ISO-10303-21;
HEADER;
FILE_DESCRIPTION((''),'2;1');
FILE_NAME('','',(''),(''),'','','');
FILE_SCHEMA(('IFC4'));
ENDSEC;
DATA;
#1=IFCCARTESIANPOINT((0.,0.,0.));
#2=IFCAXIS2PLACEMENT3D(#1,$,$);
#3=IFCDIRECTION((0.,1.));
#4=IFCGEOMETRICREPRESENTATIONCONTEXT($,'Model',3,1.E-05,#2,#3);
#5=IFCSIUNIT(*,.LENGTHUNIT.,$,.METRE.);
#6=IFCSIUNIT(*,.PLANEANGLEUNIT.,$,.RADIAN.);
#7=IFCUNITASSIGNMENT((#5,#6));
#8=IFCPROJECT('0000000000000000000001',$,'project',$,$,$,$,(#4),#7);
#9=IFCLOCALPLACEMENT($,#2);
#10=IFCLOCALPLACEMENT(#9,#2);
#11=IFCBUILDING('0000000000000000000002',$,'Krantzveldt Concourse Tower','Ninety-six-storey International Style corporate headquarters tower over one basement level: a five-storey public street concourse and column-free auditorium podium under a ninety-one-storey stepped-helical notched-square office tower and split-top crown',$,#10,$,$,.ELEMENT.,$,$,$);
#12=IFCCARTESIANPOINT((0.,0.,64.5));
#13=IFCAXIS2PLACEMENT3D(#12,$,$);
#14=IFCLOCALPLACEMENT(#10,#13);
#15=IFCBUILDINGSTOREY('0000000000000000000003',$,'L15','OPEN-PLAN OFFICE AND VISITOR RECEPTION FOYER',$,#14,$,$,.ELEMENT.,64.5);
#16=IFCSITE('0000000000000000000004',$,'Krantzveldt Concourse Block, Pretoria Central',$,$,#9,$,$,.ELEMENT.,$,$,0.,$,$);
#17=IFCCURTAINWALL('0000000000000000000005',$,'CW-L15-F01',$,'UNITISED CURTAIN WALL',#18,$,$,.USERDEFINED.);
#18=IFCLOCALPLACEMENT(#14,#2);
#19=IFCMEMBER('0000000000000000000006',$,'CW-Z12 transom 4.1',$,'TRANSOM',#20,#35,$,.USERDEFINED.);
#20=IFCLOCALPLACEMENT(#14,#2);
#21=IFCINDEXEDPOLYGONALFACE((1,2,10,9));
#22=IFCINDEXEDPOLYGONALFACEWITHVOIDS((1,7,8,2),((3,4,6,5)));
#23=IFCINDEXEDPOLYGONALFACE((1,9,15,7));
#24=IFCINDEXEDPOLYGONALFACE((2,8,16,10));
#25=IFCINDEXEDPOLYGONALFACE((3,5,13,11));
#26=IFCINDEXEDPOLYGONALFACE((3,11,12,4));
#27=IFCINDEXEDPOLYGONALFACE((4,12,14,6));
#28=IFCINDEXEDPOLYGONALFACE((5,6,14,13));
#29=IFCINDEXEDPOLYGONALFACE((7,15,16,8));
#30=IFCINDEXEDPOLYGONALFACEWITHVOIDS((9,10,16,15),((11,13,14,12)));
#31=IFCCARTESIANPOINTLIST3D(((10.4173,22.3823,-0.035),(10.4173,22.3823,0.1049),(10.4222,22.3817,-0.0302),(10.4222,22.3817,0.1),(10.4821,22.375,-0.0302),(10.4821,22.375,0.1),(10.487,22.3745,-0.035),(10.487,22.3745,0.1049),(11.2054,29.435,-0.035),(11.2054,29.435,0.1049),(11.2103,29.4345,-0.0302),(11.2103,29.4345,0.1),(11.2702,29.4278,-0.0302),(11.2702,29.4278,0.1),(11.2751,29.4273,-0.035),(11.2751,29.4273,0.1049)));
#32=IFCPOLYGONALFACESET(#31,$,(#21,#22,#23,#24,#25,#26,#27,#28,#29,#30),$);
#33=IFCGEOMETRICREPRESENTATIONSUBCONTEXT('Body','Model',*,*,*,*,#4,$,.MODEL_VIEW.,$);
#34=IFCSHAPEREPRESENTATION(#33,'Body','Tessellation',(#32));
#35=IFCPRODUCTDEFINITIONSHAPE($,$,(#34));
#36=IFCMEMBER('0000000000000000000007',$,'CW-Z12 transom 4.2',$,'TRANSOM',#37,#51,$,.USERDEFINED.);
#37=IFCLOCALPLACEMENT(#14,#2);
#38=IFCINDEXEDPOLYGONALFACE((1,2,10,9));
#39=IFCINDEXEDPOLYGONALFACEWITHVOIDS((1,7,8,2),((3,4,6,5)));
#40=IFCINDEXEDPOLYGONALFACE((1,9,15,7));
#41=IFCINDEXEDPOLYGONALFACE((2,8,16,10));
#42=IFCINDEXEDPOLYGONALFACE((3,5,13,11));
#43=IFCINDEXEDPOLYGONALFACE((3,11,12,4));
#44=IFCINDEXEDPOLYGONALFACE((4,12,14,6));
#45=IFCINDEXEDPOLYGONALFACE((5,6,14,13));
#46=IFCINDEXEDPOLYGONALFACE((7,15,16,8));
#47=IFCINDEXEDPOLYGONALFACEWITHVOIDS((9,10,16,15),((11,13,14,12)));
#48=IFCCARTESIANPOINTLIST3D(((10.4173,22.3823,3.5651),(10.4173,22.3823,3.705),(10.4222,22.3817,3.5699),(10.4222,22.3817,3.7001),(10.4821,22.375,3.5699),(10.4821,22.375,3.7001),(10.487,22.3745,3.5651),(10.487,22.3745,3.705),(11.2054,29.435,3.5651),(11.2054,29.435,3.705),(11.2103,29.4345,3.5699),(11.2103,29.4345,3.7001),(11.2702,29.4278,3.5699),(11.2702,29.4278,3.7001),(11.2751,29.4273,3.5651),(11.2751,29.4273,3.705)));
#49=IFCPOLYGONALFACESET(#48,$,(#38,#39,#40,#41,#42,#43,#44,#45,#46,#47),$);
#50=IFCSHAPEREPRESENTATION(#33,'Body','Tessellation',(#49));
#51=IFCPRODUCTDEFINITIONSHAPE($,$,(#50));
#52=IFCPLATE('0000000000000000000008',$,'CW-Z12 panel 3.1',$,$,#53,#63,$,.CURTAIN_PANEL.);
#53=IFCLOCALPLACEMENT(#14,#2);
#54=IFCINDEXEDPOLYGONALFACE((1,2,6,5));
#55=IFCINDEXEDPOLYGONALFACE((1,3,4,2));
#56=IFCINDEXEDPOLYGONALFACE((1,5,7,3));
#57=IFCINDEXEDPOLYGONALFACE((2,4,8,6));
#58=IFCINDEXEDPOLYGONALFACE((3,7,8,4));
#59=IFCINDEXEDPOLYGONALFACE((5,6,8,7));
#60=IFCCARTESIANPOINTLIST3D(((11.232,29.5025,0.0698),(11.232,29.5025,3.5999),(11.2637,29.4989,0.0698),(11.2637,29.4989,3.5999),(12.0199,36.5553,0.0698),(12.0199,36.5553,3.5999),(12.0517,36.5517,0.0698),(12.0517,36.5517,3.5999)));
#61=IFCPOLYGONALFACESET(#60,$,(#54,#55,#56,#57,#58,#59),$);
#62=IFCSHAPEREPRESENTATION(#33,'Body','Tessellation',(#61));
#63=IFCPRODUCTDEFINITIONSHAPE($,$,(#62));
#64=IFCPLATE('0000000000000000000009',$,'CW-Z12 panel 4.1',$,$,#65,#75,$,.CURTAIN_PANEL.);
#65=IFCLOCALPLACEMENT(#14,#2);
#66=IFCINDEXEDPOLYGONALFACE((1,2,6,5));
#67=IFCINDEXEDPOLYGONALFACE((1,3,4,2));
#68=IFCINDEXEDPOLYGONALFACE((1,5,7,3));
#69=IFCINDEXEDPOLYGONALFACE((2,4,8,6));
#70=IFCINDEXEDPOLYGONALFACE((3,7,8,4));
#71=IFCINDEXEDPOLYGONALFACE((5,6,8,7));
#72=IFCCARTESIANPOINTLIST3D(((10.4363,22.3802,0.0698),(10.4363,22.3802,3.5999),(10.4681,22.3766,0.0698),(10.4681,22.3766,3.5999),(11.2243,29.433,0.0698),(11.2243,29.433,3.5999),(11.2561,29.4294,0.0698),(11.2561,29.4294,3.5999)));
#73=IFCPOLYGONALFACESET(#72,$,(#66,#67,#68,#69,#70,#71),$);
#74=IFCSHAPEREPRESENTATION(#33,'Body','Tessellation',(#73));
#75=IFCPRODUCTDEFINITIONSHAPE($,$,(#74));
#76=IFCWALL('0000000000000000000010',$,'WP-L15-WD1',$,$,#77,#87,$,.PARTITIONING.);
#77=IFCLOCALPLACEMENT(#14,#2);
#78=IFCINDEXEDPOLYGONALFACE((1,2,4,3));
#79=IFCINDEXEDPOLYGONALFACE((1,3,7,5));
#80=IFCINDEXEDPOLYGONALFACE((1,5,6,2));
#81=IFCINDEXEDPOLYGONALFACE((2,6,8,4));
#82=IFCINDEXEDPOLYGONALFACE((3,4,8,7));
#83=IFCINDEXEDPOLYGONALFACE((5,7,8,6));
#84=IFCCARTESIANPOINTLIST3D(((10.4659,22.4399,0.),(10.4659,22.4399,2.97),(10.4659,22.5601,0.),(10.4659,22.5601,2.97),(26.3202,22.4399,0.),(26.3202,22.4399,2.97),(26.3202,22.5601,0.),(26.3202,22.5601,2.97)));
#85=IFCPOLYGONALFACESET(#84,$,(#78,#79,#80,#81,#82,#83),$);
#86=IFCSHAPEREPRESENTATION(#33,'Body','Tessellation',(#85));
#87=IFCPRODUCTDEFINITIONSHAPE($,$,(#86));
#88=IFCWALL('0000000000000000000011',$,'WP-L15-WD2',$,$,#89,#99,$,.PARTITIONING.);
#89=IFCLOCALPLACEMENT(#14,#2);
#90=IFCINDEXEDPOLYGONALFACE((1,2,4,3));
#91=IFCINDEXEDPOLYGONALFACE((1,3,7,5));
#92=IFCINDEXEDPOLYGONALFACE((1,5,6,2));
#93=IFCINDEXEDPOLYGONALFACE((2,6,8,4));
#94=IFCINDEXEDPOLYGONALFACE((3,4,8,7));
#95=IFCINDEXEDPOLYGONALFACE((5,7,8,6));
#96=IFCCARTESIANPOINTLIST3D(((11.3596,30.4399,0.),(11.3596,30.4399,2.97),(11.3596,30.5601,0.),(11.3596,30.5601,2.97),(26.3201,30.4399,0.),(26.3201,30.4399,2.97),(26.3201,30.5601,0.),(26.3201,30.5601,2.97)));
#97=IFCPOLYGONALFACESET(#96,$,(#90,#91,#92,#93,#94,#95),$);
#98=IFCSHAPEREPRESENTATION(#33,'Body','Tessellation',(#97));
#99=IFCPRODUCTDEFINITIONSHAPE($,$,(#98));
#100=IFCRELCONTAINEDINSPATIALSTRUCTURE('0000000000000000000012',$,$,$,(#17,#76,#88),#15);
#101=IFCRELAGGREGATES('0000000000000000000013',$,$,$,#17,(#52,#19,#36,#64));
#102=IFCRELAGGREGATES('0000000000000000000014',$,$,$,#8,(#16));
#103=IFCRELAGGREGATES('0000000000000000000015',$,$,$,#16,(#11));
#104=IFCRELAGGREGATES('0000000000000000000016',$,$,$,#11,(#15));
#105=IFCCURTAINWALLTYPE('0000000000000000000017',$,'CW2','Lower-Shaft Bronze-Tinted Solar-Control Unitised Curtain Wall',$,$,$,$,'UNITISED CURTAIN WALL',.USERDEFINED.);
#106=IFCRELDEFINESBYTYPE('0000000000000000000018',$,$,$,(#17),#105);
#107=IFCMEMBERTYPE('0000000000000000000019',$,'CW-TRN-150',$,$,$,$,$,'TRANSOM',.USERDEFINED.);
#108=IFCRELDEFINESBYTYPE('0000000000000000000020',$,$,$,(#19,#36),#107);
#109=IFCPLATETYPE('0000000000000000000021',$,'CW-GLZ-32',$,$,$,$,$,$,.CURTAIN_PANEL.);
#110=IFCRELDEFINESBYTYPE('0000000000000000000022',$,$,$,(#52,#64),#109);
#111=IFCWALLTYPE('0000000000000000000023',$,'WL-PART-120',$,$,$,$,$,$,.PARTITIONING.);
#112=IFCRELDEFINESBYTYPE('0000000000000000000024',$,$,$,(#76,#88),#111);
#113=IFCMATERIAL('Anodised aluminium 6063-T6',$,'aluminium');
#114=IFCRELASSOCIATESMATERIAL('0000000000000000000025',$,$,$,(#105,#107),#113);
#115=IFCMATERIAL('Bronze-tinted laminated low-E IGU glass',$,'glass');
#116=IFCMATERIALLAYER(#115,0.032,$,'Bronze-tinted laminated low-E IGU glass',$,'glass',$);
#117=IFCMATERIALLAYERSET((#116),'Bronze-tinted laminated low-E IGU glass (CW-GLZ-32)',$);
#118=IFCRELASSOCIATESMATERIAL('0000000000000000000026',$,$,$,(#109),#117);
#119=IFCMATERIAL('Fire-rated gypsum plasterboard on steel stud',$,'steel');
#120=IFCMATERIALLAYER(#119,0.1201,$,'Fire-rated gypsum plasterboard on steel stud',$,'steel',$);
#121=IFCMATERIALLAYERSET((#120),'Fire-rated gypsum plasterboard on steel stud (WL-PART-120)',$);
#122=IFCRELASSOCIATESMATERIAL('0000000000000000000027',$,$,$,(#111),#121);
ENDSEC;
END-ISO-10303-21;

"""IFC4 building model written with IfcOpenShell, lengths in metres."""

from ifc_helpers import new_model, si_unit, direction, frame, frame_2d, origin, origin_2d, place, context, subcontext, project, spatial, rectangle, hollow_rectangle, extrude, source, transform, mapped, material, layer, layer_set, material_profile, profile_set, type_object, type_shapes, element, aggregate, save


model = new_model("IFC4")

# Units and contexts
model_context = context("Model", 3, precision=1e-05, world=origin(), true_north=direction((0.0, 1.0)))
body_context = subcontext(model_context, "Body", "Model", "MODEL_VIEW")
ifc_project = project(units=[si_unit("LENGTHUNIT", "METRE"), si_unit("PLANEANGLEUNIT", "RADIAN")], contexts=[model_context])

# Site, building, storey
site_placement = place(None, origin())
site = spatial("IfcSite", under=ifc_project, at=site_placement, Name="Krantzveldt Concourse Block, Pretoria Central", CompositionType="ELEMENT", RefElevation=0.0)
building_placement = place(site_placement, origin())
building = spatial("IfcBuilding", under=site, at=building_placement, Name="Krantzveldt Concourse Tower", Description="Ninety-six-storey International Style corporate headquarters tower over one basement level: a five-storey public street concourse and column-free auditorium podium under a ninety-one-storey stepped-helical notched-square office tower and split-top crown", CompositionType="ELEMENT")
storey_placement = place(building_placement, frame((0.0, 0.0, 64.5)))
storey = spatial("IfcBuildingStorey", under=building, at=storey_placement, Name="L15", Description="OPEN-PLAN OFFICE AND VISITOR RECEPTION FOYER", CompositionType="ELEMENT", Elevation=64.5)

# Curtain wall, members, plates
ifc_material_1 = material(Name="Anodised aluminium 6063-T6", Category="aluminium")
curtain_wall_type = type_object("IfcCurtainWallType", Name="CW2", Description="Lower-Shaft Bronze-Tinted Solar-Control Unitised Curtain Wall", ElementType="UNITISED CURTAIN WALL", PredefinedType="USERDEFINED", material=ifc_material_1)
curtain_wall_placement = place(storey_placement, origin())
curtain_wall = element("IfcCurtainWall", 1, at=curtain_wall_placement, inside=storey, type_object=curtain_wall_type, Name="CW-L15-F01", ObjectType="UNITISED CURTAIN WALL", PredefinedType="USERDEFINED")
ifc_material_profile_1 = material_profile(ifc_material_1, hollow_rectangle(XDim=0.0701, YDim=0.1399, WallThickness=0.0049, at=origin_2d()), Name="Anodised aluminium 6063-T6", Category="aluminium")
ifc_profile_set_1 = profile_set([ifc_material_profile_1], Name="Anodised aluminium 6063-T6 - ALU-TRAN 140x70x5")
member_type_1 = type_object("IfcMemberType", Name="CW-TRN-150", ElementType="TRANSOM", PredefinedType="USERDEFINED", material=ifc_profile_set_1)
shared_shape_1 = source(origin(), body_context, "Body", "SweptSolid", [
    extrude(hollow_rectangle(XDim=0.0701, YDim=0.1399, WallThickness=0.0049, at=origin_2d()), origin(), (0.0, 0.0, 1.0), 7.0967),
])
type_shapes(member_type_1, [shared_shape_1])
member_1_placement = place(storey_placement, frame((11.2402, 29.4312, 0.0349), z_axis=(-0.111051, -0.993815, 0.0), x_axis=(0.993815, -0.111051, 0.0)))
member_1 = element("IfcMember", 2, at=member_1_placement, type_object=member_type_1, Name="CW-Z12 transom 4.1", ObjectType="TRANSOM", PredefinedType="USERDEFINED", context=body_context, shape_type="MappedRepresentation", body=[
    mapped(shared_shape_1, transform((0.0, 0.0, 0.0), x_axis=(1.0, 0.0, 0.0), y_axis=(0.0, 1.0, 0.0), z_axis=(0.0, 0.0, 1.0), scale=1.0)),
])
member_2_placement = place(storey_placement, frame((11.2402, 29.4312, 3.635), z_axis=(-0.111051, -0.993815, 0.0), x_axis=(0.993815, -0.111051, 0.0)))
member_2 = element("IfcMember", 3, at=member_2_placement, type_object=member_type_1, Name="CW-Z12 transom 4.2", ObjectType="TRANSOM", PredefinedType="USERDEFINED", context=body_context, shape_type="MappedRepresentation", body=[
    mapped(shared_shape_1, transform((0.0, 0.0, 0.0), x_axis=(1.0, 0.0, 0.0), y_axis=(0.0, 1.0, 0.0), z_axis=(0.0, 0.0, 1.0), scale=1.0)),
])
ifc_material_2 = material(Name="Bronze-tinted laminated low-E IGU glass", Category="glass")
ifc_layer_1 = layer(ifc_material_2, 0.032, Name="Bronze-tinted laminated low-E IGU glass", Category="glass")
ifc_layer_set_1 = layer_set([ifc_layer_1], Name="Bronze-tinted laminated low-E IGU glass (CW-GLZ-32)")
plate_type = type_object("IfcPlateType", Name="CW-GLZ-32", PredefinedType="CURTAIN_PANEL", material=ifc_layer_set_1)
shared_shape_2 = source(origin(), body_context, "Body", "SweptSolid", [
    extrude(rectangle(XDim=7.0967, YDim=0.032, at=origin_2d()), origin(), (0.0, 0.0, 1.0), 3.53),
])
type_shapes(plate_type, [shared_shape_2])
plate_1_placement = place(storey_placement, frame((11.6418, 33.0271, 0.0698), z_axis=(0.0, 0.0, 1.0), x_axis=(-0.111035, -0.993816, 0.0)))
plate_1 = element("IfcPlate", 4, at=plate_1_placement, type_object=plate_type, Name="CW-Z12 panel 3.1", PredefinedType="CURTAIN_PANEL", context=body_context, shape_type="MappedRepresentation", body=[
    mapped(shared_shape_2, transform((0.0, 0.0, 0.0), x_axis=(1.0, 0.0, 0.0), y_axis=(0.0, 1.0, 0.0), z_axis=(0.0, 0.0, 1.0), scale=1.0)),
])
plate_2_placement = place(storey_placement, frame((10.8462, 25.9048, 0.0698), z_axis=(0.0, 0.0, 1.0), x_axis=(-0.111035, -0.993816, 0.0)))
plate_2 = element("IfcPlate", 5, at=plate_2_placement, type_object=plate_type, Name="CW-Z12 panel 4.1", PredefinedType="CURTAIN_PANEL", context=body_context, shape_type="MappedRepresentation", body=[
    mapped(shared_shape_2, transform((0.0, 0.0, 0.0), x_axis=(1.0, 0.0, 0.0), y_axis=(0.0, 1.0, 0.0), z_axis=(0.0, 0.0, 1.0), scale=1.0)),
])
aggregate(curtain_wall, [plate_1, member_1, member_2, plate_2])

# Walls
ifc_material_3 = material(Name="Fire-rated gypsum plasterboard on steel stud", Category="steel")
ifc_layer_2 = layer(ifc_material_3, 0.1201, Name="Fire-rated gypsum plasterboard on steel stud", Category="steel")
ifc_layer_set_2 = layer_set([ifc_layer_2], Name="Fire-rated gypsum plasterboard on steel stud (WL-PART-120)")
wall_type = type_object("IfcWallType", Name="WL-PART-120", PredefinedType="PARTITIONING", material=ifc_layer_set_2)
wall_1_placement = place(storey_placement, frame((10.4658, 22.5, 0.0), z_axis=(0.0, 0.0, 1.0), x_axis=(1.0, 0.0, 0.0)))
element("IfcWall", 6, at=wall_1_placement, inside=storey, type_object=wall_type, Name="WP-L15-WD1", PredefinedType="PARTITIONING", context=body_context, shape_type="SweptSolid", body=[
    extrude(rectangle(XDim=15.8542, YDim=0.1201, at=frame_2d((7.9272, 0.0))), origin(), (0.0, 0.0, 1.0), 2.97),
])
wall_2_placement = place(storey_placement, frame((11.3596, 30.5, 0.0), z_axis=(0.0, 0.0, 1.0), x_axis=(1.0, 0.0, 0.0)))
element("IfcWall", 7, at=wall_2_placement, inside=storey, type_object=wall_type, Name="WP-L15-WD2", PredefinedType="PARTITIONING", context=body_context, shape_type="SweptSolid", body=[
    extrude(rectangle(XDim=14.9604, YDim=0.1201, at=frame_2d((7.4802, 0.0))), origin(), (0.0, 0.0, 1.0), 2.97),
])

save(model, "model.ifc")
